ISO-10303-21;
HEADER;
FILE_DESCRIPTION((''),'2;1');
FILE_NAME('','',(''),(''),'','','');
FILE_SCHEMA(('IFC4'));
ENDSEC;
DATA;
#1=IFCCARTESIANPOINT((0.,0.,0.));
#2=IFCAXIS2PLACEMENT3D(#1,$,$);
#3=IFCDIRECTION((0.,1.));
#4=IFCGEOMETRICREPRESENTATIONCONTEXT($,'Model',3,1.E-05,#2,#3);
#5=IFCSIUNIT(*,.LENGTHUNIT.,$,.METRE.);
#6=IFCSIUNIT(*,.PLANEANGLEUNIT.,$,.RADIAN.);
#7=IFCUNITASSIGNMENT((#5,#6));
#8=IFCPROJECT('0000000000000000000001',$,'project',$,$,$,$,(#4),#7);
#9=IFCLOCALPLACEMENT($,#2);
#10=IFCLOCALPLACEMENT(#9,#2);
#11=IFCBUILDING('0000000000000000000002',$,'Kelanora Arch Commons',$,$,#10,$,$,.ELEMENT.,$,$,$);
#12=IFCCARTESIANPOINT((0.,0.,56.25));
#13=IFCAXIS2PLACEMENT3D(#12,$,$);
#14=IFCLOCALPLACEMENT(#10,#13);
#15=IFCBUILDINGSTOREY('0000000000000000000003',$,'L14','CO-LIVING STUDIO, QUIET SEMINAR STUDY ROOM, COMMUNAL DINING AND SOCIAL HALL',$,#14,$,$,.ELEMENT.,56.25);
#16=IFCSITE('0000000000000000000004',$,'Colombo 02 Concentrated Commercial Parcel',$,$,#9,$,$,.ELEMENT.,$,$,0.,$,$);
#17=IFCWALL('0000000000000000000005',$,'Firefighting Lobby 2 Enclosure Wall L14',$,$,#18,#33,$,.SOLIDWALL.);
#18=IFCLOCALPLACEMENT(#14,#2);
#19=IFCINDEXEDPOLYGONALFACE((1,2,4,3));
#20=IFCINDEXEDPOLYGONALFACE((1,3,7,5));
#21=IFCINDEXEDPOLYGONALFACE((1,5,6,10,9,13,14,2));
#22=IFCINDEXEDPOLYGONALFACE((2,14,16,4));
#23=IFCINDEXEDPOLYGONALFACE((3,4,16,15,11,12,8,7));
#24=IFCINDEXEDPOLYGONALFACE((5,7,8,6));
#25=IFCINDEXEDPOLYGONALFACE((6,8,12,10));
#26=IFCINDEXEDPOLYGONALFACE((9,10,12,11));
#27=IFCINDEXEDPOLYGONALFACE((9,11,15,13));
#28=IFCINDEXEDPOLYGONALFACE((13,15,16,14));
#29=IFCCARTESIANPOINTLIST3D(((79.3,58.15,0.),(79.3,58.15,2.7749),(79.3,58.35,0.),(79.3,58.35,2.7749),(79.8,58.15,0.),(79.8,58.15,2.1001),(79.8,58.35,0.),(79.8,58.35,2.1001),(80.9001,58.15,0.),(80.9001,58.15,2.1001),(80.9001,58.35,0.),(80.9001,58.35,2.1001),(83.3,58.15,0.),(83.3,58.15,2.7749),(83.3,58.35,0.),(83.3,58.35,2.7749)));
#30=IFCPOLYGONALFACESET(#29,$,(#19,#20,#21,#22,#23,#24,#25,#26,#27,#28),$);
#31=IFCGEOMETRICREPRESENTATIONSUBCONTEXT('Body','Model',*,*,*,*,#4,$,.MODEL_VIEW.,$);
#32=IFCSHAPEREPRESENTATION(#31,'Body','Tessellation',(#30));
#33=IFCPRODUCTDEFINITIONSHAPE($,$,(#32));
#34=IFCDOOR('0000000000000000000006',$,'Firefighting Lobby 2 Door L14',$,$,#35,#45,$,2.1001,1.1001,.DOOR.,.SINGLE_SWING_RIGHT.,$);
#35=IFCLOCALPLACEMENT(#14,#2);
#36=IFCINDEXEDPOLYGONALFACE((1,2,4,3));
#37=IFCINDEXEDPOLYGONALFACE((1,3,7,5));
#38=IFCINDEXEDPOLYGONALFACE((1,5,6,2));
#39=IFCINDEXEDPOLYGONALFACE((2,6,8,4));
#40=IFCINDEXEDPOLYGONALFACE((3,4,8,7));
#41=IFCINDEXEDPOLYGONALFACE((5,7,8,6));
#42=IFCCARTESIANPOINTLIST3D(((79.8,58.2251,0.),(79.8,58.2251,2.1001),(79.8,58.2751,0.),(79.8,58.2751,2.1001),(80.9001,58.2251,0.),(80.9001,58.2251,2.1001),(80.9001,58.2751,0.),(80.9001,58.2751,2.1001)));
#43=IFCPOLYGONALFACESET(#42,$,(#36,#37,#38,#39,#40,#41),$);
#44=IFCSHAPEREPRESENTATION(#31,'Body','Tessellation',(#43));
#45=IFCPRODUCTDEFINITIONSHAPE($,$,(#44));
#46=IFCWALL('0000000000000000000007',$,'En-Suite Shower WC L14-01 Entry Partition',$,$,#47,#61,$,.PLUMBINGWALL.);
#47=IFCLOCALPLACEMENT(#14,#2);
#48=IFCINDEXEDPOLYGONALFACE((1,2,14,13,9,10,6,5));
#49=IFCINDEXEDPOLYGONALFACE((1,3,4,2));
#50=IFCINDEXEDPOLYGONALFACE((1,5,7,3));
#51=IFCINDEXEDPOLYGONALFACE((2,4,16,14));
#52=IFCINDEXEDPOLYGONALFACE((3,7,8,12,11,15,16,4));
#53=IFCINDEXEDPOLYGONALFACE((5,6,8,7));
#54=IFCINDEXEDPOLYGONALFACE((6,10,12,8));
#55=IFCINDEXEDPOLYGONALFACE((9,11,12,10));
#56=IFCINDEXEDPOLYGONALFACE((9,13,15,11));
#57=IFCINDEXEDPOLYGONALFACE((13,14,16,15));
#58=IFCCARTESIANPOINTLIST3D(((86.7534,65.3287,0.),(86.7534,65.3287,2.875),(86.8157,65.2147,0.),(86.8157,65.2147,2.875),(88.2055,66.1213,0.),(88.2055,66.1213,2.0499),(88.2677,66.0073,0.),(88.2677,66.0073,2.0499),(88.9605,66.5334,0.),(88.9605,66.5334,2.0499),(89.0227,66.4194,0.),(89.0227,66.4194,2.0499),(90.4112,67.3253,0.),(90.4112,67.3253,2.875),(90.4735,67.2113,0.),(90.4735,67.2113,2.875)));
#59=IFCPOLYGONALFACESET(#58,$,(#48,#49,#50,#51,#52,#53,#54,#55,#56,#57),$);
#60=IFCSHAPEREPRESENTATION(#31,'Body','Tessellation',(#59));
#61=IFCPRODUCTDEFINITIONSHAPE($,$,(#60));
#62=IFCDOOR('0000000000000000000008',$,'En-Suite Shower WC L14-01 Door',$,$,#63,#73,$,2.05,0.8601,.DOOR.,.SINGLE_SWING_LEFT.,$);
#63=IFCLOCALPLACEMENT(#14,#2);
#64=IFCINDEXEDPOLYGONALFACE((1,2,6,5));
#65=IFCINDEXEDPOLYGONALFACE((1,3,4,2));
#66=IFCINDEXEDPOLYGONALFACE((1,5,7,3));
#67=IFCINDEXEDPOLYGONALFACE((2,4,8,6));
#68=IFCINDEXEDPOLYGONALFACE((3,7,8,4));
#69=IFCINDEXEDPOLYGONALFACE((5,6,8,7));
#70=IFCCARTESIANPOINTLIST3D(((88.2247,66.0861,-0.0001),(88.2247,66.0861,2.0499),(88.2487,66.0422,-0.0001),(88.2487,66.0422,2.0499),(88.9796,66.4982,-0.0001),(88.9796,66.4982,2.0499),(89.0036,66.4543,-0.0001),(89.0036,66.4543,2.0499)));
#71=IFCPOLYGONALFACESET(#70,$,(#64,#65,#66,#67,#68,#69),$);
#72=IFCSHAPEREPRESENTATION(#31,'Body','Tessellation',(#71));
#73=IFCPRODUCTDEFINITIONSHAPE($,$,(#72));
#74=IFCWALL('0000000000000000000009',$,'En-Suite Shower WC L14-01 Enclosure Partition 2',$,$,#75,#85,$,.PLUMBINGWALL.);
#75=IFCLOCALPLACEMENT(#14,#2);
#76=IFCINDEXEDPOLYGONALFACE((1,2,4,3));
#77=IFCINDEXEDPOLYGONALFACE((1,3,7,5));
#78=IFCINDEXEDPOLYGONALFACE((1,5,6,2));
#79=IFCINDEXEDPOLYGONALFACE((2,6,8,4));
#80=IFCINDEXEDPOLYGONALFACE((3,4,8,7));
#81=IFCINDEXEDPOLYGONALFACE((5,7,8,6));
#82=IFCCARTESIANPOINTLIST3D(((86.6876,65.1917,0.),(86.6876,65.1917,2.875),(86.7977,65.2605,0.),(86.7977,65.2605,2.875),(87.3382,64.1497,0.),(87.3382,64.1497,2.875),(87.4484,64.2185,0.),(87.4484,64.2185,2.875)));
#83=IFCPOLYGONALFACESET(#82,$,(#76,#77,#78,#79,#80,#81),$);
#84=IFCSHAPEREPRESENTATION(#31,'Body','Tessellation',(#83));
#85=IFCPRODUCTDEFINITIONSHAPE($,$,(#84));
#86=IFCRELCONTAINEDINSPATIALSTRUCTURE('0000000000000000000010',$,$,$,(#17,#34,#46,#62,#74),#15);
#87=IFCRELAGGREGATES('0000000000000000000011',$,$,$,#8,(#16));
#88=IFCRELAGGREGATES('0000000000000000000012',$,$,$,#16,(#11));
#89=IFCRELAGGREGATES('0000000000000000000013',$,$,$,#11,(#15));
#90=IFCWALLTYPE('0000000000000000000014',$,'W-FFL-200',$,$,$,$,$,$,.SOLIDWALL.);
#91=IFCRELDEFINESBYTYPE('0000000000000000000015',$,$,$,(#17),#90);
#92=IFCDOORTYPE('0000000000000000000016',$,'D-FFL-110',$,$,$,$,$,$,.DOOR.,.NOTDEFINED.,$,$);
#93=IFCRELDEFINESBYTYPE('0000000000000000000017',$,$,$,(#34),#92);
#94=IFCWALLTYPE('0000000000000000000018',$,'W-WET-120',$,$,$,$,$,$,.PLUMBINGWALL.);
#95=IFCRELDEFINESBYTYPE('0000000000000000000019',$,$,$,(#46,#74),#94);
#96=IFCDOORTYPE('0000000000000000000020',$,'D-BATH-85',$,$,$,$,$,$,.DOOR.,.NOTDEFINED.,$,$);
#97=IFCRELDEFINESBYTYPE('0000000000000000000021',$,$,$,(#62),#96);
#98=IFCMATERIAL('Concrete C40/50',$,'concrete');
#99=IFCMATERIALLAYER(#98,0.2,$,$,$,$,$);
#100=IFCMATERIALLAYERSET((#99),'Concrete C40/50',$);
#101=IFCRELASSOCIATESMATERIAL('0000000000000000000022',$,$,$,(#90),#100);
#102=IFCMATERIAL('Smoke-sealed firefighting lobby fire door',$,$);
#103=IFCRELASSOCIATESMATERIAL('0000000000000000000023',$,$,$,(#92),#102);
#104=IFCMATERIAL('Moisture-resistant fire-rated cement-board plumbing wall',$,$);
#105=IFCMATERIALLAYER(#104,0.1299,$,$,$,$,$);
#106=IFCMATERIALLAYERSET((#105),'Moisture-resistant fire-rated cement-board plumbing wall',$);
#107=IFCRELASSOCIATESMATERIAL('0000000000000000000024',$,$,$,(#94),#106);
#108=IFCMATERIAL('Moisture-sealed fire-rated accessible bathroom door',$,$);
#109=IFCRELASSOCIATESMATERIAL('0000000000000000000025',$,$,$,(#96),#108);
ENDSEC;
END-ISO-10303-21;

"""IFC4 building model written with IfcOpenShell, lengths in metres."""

from ifc_helpers import new_model, si_unit, direction, frame, frame_2d, origin, place, context, subcontext, project, spatial, rectangle, extrude, material, layer, layer_set, type_object, element, fill, save


model = new_model("IFC4")

# Units and contexts
model_context = context("Model", 3, precision=1e-05, world=origin(), true_north=direction((0.0, 1.0)))
body_context = subcontext(model_context, "Body", "Model", "MODEL_VIEW")
ifc_project = project(units=[si_unit("LENGTHUNIT", "METRE"), si_unit("PLANEANGLEUNIT", "RADIAN")], contexts=[model_context])

# Site, building, storey
site_placement = place(None, origin())
site = spatial("IfcSite", under=ifc_project, at=site_placement, Name="Colombo 02 Concentrated Commercial Parcel", CompositionType="ELEMENT", RefElevation=0.0)
building_placement = place(site_placement, origin())
building = spatial("IfcBuilding", under=site, at=building_placement, Name="Kelanora Arch Commons", CompositionType="ELEMENT")
storey_placement = place(building_placement, frame((0.0, 0.0, 56.25)))
storey = spatial("IfcBuildingStorey", under=building, at=storey_placement, Name="L14", Description="CO-LIVING STUDIO, QUIET SEMINAR STUDY ROOM, COMMUNAL DINING AND SOCIAL HALL", CompositionType="ELEMENT", Elevation=56.25)

# Walls, openings, doors
ifc_material_1 = material(Name="Concrete C40/50", Category="concrete")
ifc_layer_1 = layer(ifc_material_1, 0.2)
ifc_layer_set_1 = layer_set([ifc_layer_1], Name="Concrete C40/50")
wall_type_1 = type_object("IfcWallType", Name="W-FFL-200", PredefinedType="SOLIDWALL", material=ifc_layer_set_1)
wall_1_placement = place(storey_placement, frame((79.3, 58.25, 0.0), z_axis=(0.0, 0.0, 1.0), x_axis=(1.0, 0.0, 0.0)))
wall_1 = element("IfcWall", 1, at=wall_1_placement, inside=storey, type_object=wall_type_1, Name="Firefighting Lobby 2 Enclosure Wall L14", PredefinedType="SOLIDWALL", context=body_context, shape_type="SweptSolid", body=[
    extrude(rectangle(XDim=4.0, YDim=0.2, at=frame_2d((2.0, 0.0))), origin(), (0.0, 0.0, 1.0), 2.7749),
])
opening_1_placement = place(wall_1_placement, frame((0.5, 0.0, 0.0)))
opening_1 = element("IfcOpeningElement", 2, at=opening_1_placement, cuts=wall_1, PredefinedType="OPENING", context=body_context, shape_type="SweptSolid", body=[
    extrude(rectangle(XDim=1.1001, YDim=2.1001, at=frame_2d((0.55, 1.05))), frame((0.0, 0.1099, 0.0), z_axis=(0.0, -1.0, 0.0), x_axis=(1.0, 0.0, 0.0)), (0.0, 0.0, 1.0), 0.22),
])
ifc_material_2 = material(Name="Smoke-sealed firefighting lobby fire door")
door_type_1 = type_object("IfcDoorType", Name="D-FFL-110", OperationType="NOTDEFINED", PredefinedType="DOOR", material=ifc_material_2)
door_1_placement = place(opening_1_placement, frame((1.1001, 0.0, 0.0), z_axis=(0.0, 0.0, 1.0), x_axis=(-1.0, 0.0, 0.0)))
door_1 = element("IfcDoor", 3, at=door_1_placement, inside=storey, type_object=door_type_1, Name="Firefighting Lobby 2 Door L14", OperationType="SINGLE_SWING_RIGHT", OverallHeight=2.1001, OverallWidth=1.1001, PredefinedType="DOOR", context=body_context, shape_type="SweptSolid", body=[
    extrude(rectangle(XDim=1.1001, YDim=2.1001, at=frame_2d((0.55, 1.05))), frame((0.0, 0.0249, 0.0), z_axis=(0.0, -1.0, 0.0), x_axis=(1.0, 0.0, 0.0)), (0.0, 0.0, 1.0), 0.05),
])
fill(opening_1, door_1)
ifc_material_3 = material(Name="Moisture-resistant fire-rated cement-board plumbing wall")
ifc_layer_2 = layer(ifc_material_3, 0.1299)
ifc_layer_set_2 = layer_set([ifc_layer_2], Name="Moisture-resistant fire-rated cement-board plumbing wall")
wall_type_2 = type_object("IfcWallType", Name="W-WET-120", PredefinedType="PLUMBINGWALL", material=ifc_layer_set_2)
wall_2_placement = place(storey_placement, frame((86.7847, 65.2717, 0.0), z_axis=(0.0, 0.0, 1.0), x_axis=(0.877748, 0.479123, 0.0)))
wall_2 = element("IfcWall", 4, at=wall_2_placement, inside=storey, type_object=wall_type_2, Name="En-Suite Shower WC L14-01 Entry Partition", PredefinedType="PLUMBINGWALL", context=body_context, shape_type="SweptSolid", body=[
    extrude(rectangle(XDim=4.1672, YDim=0.1299, at=frame_2d((2.0835, 0.0))), origin(), (0.0, 0.0, 1.0), 2.875),
])
opening_2_placement = place(wall_2_placement, frame((1.6541, 0.0, 0.0)))
opening_2 = element("IfcOpeningElement", 5, at=opening_2_placement, cuts=wall_2, PredefinedType="OPENING", context=body_context, shape_type="SweptSolid", body=[
    extrude(rectangle(XDim=0.8601, YDim=2.05, at=frame_2d((0.4302, 1.0249))), frame((0.0, 0.075, 0.0), z_axis=(0.0, -1.0, 0.0), x_axis=(1.0, 0.0, 0.0)), (0.0, 0.0, 1.0), 0.1499),
])
ifc_material_4 = material(Name="Moisture-sealed fire-rated accessible bathroom door")
door_type_2 = type_object("IfcDoorType", Name="D-BATH-85", OperationType="NOTDEFINED", PredefinedType="DOOR", material=ifc_material_4)
door_2_placement = place(opening_2_placement, origin())
door_2 = element("IfcDoor", 6, at=door_2_placement, inside=storey, type_object=door_type_2, Name="En-Suite Shower WC L14-01 Door", OperationType="SINGLE_SWING_LEFT", OverallHeight=2.05, OverallWidth=0.8601, PredefinedType="DOOR", context=body_context, shape_type="SweptSolid", body=[
    extrude(rectangle(XDim=0.8601, YDim=2.05, at=frame_2d((0.4302, 1.0249))), frame((0.0, 0.0249, 0.0), z_axis=(0.0, -1.0, 0.0), x_axis=(1.0, 0.0, 0.0)), (0.0, 0.0, 1.0), 0.05),
])
fill(opening_2, door_2)

# Wall
wall_3_placement = place(storey_placement, frame((87.3933, 64.1841, 0.0), z_axis=(0.0, 0.0, 1.0), x_axis=(-0.529642, 0.848222, 0.0)))
element("IfcWall", 7, at=wall_3_placement, inside=storey, type_object=wall_type_2, Name="En-Suite Shower WC L14-01 Enclosure Partition 2", PredefinedType="PLUMBINGWALL", context=body_context, shape_type="SweptSolid", body=[
    extrude(rectangle(XDim=1.2285, YDim=0.1299, at=frame_2d((0.6143, 0.0))), origin(), (0.0, 0.0, 1.0), 2.875),
])

save(model, "model.ifc")
